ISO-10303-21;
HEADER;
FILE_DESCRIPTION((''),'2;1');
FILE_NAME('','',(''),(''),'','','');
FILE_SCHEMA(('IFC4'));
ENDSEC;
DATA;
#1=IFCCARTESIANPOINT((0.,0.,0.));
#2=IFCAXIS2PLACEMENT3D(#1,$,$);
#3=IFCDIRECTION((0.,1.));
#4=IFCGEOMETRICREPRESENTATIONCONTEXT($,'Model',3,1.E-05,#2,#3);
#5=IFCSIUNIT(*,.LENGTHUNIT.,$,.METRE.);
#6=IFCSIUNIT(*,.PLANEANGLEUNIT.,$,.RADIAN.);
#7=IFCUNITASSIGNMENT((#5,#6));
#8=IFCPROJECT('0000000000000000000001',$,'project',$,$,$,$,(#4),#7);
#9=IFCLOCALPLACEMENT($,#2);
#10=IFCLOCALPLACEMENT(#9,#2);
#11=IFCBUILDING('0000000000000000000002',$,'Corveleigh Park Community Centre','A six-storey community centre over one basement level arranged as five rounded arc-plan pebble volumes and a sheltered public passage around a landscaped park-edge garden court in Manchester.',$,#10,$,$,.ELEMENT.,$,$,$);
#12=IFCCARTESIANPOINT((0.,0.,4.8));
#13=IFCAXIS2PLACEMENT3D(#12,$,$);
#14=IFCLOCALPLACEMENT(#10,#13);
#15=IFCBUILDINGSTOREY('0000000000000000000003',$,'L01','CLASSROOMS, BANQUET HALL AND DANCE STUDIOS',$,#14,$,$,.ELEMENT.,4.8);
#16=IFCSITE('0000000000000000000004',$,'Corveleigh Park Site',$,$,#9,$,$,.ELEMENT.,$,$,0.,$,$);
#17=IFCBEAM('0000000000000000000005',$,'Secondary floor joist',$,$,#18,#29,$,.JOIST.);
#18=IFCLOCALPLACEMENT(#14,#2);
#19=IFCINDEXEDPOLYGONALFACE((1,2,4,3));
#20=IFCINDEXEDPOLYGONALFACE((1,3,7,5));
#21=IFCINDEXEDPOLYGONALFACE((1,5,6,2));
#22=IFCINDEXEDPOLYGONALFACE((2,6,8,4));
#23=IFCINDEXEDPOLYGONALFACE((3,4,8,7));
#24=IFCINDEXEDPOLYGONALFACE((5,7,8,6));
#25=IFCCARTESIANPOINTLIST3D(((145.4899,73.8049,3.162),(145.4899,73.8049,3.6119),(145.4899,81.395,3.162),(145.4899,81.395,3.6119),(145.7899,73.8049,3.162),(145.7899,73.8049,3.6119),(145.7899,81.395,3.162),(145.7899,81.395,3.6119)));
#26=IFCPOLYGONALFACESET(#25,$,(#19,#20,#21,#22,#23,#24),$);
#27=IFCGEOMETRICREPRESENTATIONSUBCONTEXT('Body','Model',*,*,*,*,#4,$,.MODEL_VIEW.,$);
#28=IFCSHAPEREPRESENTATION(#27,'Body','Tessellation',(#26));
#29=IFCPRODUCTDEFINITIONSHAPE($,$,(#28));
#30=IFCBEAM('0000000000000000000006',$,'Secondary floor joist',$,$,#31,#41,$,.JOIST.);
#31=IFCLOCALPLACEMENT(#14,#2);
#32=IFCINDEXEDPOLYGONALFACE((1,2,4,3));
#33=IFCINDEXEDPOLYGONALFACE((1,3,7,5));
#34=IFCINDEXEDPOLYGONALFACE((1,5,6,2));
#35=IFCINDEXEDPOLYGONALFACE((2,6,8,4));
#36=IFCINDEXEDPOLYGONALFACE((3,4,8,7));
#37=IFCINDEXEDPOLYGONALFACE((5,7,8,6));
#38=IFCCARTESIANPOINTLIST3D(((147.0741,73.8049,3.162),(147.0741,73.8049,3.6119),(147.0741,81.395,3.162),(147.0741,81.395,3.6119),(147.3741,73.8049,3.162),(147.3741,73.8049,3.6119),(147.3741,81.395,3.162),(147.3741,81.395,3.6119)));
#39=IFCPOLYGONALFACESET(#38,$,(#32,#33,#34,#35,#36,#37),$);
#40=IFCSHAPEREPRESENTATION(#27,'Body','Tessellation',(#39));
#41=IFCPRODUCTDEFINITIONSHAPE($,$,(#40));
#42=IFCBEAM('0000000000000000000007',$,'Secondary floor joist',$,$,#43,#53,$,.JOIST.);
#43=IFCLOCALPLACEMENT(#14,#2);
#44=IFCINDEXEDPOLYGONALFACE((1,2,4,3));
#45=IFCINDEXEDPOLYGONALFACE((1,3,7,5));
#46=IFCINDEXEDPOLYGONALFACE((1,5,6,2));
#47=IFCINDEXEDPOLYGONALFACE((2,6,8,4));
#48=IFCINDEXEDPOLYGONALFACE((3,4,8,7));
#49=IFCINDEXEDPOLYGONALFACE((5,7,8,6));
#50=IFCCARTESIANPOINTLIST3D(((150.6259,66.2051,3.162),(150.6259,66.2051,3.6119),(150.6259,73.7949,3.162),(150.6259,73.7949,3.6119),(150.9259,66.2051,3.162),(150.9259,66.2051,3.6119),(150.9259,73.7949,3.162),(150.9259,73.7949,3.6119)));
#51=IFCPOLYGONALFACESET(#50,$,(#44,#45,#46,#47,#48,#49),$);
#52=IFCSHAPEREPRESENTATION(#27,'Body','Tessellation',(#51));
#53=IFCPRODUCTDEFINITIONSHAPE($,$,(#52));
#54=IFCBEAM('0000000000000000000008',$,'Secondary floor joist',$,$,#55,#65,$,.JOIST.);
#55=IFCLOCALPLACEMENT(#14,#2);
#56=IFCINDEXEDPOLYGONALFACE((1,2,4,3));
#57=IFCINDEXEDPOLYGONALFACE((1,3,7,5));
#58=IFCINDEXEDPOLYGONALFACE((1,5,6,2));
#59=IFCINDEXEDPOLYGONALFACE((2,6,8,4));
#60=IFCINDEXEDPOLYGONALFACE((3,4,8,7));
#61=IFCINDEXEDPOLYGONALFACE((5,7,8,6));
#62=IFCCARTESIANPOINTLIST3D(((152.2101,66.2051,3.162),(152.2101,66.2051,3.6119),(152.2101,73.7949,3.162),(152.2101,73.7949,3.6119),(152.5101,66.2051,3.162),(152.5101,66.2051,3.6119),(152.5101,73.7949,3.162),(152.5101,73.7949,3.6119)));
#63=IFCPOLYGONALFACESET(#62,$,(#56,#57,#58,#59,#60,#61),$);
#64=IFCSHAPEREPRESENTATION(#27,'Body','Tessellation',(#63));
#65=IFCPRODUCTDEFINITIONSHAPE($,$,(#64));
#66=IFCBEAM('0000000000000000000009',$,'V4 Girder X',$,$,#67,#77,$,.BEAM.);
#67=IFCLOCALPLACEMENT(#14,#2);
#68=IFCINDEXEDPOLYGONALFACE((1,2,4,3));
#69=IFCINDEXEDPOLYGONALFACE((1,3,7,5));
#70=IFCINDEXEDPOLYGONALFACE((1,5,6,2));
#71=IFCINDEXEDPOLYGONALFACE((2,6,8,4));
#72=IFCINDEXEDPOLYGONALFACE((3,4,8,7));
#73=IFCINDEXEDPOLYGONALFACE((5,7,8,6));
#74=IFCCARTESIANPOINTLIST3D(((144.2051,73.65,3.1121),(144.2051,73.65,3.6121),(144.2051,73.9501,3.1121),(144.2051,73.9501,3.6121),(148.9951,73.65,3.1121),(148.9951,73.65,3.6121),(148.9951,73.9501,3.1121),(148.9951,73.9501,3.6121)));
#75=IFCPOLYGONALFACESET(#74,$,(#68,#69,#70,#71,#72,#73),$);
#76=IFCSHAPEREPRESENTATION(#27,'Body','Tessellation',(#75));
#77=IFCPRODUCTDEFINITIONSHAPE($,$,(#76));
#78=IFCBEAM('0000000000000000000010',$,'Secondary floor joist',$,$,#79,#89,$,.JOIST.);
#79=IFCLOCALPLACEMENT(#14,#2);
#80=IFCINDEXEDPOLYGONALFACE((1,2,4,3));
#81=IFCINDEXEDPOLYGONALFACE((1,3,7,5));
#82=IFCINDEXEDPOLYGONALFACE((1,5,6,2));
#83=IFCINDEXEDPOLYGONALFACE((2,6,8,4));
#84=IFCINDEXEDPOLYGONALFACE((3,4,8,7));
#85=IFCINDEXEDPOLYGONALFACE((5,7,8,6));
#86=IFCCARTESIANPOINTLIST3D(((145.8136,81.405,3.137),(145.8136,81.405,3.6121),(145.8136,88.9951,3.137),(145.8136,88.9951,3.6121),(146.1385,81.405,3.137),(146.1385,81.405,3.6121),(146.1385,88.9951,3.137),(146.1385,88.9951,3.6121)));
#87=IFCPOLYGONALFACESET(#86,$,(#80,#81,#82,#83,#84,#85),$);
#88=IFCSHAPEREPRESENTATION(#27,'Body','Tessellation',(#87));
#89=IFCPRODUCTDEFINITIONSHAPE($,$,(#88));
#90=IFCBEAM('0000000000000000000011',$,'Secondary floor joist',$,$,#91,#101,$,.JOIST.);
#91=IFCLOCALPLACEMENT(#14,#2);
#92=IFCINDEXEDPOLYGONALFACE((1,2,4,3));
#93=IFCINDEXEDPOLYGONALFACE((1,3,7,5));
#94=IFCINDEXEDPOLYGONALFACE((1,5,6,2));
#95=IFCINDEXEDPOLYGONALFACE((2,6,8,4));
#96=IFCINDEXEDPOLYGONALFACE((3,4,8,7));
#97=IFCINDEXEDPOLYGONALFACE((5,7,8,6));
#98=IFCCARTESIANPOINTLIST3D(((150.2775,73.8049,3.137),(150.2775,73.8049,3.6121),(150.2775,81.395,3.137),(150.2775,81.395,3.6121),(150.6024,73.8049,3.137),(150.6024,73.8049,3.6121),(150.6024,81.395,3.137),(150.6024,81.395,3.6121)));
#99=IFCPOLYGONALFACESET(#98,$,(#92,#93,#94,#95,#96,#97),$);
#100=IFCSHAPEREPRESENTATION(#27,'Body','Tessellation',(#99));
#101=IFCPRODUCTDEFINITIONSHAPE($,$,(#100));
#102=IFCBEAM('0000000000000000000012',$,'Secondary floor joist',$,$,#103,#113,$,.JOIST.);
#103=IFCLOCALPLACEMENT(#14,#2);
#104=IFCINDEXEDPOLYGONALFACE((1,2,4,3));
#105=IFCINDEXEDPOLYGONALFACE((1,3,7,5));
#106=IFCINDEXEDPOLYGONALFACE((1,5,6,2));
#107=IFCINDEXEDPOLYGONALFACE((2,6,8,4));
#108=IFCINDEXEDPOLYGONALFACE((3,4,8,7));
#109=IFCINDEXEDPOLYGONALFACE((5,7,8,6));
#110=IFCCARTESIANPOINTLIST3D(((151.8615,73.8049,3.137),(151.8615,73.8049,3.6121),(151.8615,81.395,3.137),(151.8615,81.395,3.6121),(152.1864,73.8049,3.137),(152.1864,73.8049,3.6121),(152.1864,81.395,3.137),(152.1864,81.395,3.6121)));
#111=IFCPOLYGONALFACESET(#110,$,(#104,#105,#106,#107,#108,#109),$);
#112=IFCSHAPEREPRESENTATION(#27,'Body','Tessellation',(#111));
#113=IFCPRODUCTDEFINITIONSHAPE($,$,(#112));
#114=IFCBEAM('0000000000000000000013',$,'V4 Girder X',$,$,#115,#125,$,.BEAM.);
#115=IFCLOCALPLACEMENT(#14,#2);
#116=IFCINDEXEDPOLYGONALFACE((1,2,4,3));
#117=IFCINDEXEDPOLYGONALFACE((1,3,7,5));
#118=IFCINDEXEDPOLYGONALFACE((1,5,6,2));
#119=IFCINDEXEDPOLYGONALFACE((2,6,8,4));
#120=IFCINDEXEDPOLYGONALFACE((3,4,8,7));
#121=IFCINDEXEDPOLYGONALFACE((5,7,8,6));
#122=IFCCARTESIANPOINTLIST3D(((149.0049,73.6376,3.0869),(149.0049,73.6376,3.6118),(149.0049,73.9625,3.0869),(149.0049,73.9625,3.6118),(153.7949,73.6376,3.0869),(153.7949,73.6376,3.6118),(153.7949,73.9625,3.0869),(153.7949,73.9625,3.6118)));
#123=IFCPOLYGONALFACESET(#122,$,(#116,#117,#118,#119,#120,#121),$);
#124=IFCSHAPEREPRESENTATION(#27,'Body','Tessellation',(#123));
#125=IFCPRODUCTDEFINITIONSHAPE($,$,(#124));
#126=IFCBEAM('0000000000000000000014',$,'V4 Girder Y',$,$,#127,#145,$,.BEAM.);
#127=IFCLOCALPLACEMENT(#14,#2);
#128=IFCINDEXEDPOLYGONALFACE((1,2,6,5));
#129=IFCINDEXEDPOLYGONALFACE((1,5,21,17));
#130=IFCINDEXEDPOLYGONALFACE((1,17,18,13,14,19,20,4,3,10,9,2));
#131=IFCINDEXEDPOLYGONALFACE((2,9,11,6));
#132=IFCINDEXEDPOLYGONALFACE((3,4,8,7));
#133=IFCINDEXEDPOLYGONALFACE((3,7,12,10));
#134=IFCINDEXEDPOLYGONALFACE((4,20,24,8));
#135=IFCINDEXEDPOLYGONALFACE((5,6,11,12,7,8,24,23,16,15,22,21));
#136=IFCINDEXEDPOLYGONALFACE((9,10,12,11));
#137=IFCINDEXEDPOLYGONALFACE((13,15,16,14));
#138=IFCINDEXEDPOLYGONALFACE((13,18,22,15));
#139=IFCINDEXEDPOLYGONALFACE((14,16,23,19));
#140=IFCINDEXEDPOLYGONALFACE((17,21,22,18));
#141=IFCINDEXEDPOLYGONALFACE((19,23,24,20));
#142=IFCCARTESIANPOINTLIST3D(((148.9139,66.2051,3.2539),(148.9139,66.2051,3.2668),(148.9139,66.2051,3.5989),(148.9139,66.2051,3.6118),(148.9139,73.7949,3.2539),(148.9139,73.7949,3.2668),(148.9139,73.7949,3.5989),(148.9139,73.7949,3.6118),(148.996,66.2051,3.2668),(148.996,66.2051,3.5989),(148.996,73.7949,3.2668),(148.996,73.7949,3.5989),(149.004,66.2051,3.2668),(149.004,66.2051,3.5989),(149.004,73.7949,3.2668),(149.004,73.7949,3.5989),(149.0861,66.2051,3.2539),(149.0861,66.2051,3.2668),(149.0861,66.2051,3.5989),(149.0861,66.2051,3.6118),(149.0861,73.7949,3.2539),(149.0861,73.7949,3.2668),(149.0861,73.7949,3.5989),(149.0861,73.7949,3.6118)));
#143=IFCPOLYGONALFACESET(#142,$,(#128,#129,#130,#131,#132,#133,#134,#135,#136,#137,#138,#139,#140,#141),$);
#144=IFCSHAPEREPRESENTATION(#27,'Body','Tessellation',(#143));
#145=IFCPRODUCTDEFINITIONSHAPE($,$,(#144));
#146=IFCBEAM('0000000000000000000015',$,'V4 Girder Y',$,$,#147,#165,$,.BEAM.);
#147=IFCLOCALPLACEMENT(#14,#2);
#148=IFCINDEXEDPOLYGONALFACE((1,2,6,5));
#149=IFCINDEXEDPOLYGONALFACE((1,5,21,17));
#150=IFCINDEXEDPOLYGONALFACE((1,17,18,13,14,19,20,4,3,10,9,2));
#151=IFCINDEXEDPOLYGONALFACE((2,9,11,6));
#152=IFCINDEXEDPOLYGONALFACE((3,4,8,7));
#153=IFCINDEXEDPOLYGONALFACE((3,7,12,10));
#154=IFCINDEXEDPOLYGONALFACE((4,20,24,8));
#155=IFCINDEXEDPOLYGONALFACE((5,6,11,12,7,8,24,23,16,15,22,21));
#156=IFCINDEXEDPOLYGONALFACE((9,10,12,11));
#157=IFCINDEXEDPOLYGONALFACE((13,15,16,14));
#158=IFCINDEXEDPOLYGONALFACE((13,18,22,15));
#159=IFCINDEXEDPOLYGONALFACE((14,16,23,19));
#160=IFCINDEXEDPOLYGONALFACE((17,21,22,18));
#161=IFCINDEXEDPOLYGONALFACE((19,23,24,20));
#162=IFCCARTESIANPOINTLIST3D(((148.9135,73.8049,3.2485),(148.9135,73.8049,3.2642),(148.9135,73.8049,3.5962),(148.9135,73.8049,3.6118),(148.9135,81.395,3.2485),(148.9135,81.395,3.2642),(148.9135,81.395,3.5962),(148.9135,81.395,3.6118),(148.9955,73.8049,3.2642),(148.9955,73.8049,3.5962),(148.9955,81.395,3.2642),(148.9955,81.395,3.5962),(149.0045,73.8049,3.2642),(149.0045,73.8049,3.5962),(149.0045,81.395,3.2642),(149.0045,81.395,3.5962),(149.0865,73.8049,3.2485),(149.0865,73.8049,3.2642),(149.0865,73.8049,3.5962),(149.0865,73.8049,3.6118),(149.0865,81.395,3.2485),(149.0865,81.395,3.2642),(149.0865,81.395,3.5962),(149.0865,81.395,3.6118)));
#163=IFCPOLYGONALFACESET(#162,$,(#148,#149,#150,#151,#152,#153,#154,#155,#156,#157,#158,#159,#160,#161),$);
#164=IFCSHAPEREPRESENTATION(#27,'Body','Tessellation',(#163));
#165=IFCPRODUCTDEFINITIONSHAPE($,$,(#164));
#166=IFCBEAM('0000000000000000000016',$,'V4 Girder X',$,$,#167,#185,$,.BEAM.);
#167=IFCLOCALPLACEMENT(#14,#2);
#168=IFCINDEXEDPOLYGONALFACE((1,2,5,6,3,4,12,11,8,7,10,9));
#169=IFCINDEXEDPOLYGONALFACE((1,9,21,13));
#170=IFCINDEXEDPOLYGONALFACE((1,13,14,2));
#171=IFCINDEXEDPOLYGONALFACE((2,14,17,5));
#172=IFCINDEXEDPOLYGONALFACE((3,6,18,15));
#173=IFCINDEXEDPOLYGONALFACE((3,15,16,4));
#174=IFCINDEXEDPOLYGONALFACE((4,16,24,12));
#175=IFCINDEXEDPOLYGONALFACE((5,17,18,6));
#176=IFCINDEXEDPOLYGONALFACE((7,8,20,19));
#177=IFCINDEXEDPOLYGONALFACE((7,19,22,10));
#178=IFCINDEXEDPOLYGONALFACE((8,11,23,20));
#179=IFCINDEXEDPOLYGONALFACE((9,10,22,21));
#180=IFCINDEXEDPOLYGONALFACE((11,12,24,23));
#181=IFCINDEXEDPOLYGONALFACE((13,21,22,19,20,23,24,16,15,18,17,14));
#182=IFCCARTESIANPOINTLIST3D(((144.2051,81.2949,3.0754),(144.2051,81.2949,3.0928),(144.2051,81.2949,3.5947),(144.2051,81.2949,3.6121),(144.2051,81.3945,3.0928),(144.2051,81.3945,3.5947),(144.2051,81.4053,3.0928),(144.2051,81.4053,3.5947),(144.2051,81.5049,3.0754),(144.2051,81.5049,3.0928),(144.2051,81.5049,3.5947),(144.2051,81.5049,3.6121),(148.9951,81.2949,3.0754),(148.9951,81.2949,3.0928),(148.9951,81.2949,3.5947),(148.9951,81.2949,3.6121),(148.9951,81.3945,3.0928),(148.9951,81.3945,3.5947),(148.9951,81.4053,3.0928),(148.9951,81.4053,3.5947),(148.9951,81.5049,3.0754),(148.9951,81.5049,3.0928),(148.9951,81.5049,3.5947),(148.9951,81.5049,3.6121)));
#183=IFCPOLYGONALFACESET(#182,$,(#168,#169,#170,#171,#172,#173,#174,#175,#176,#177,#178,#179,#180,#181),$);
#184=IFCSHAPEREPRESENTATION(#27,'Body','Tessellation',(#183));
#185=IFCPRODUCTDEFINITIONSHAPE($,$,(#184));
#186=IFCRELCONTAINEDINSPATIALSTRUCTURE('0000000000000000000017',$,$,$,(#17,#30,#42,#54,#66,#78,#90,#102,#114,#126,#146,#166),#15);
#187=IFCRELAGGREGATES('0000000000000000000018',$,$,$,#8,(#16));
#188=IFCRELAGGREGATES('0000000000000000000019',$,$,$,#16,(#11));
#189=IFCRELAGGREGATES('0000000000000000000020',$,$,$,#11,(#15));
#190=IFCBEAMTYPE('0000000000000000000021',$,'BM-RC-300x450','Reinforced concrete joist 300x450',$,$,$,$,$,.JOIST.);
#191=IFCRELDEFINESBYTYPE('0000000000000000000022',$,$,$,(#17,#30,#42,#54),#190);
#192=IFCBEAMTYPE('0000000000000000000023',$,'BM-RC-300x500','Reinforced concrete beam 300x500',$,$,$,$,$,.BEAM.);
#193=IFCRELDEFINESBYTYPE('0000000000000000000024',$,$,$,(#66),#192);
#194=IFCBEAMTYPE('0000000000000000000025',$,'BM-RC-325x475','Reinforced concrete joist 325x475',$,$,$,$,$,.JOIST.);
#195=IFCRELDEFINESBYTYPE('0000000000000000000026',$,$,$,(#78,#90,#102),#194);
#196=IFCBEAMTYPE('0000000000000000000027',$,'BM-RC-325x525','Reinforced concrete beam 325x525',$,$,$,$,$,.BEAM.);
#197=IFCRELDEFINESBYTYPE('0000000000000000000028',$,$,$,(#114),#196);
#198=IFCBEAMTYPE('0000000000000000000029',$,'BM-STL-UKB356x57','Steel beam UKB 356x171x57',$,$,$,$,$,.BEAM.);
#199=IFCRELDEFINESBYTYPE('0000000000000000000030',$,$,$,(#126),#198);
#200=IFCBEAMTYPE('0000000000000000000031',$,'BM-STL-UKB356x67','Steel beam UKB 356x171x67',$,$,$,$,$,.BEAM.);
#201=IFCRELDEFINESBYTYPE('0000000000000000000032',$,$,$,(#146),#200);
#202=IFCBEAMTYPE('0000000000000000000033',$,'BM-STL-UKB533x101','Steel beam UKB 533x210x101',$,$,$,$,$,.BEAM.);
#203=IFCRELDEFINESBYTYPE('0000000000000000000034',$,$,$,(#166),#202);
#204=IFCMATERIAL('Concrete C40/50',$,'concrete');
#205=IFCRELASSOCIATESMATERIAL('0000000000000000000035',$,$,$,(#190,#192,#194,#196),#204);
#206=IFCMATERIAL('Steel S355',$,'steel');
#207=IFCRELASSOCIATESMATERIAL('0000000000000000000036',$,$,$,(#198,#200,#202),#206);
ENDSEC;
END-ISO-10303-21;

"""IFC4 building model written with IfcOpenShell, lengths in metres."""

from ifc_helpers import new_model, si_unit, direction, frame, origin, origin_2d, place, context, subcontext, project, spatial, rectangle, i_section, extrude, material, material_profile, profile_set, type_object, element, save


model = new_model("IFC4")

# Units and contexts
model_context = context("Model", 3, precision=1e-05, world=origin(), true_north=direction((0.0, 1.0)))
body_context = subcontext(model_context, "Body", "Model", "MODEL_VIEW")
ifc_project = project(units=[si_unit("LENGTHUNIT", "METRE"), si_unit("PLANEANGLEUNIT", "RADIAN")], contexts=[model_context])

# Site, building, storey
site_placement = place(None, origin())
site = spatial("IfcSite", under=ifc_project, at=site_placement, Name="Corveleigh Park Site", CompositionType="ELEMENT", RefElevation=0.0)
building_placement = place(site_placement, origin())
building = spatial("IfcBuilding", under=site, at=building_placement, Name="Corveleigh Park Community Centre", Description="A six-storey community centre over one basement level arranged as five rounded arc-plan pebble volumes and a sheltered public passage around a landscaped park-edge garden court in Manchester.", CompositionType="ELEMENT")
storey_placement = place(building_placement, frame((0.0, 0.0, 4.8)))
storey = spatial("IfcBuildingStorey", under=building, at=storey_placement, Name="L01", Description="CLASSROOMS, BANQUET HALL AND DANCE STUDIOS", CompositionType="ELEMENT", Elevation=4.8)

# Shared definitions
ifc_material_1 = material(Name="Concrete C40/50", Category="concrete")
ifc_material_2 = material(Name="Steel S355", Category="steel")

# Beams
ifc_material_profile_1 = material_profile(ifc_material_1, rectangle(XDim=0.3, YDim=0.45, at=origin_2d()), Name="RC-300x450", Category="concrete")
ifc_profile_set_1 = profile_set([ifc_material_profile_1], Name="Concrete C40/50")
beam_type_1 = type_object("IfcBeamType", Name="BM-RC-300x450", Description="Reinforced concrete joist 300x450", PredefinedType="JOIST", material=ifc_profile_set_1)
for number, where, z_axis, x_axis, name in (
    (1, (145.6399, 73.8049, 3.387), (0.0, 1.0, 0.0), (-1.0, 0.0, 0.0), "Secondary floor joist"),
    (2, (147.2241, 73.8049, 3.387), (0.0, 1.0, 0.0), (-1.0, 0.0, 0.0), "Secondary floor joist"),
):
    element("IfcBeam", number, at=place(storey_placement, frame(where, z_axis=z_axis, x_axis=x_axis)), inside=storey, type_object=beam_type_1, Name=name, PredefinedType="JOIST", context=body_context, shape_type="SweptSolid", body=[
        extrude(rectangle(XDim=0.3, YDim=0.45, at=origin_2d()), origin(), (0.0, 0.0, 1.0), 7.5901),
    ])
for number, where, z_axis, x_axis, name in (
    (3, (150.7759, 66.2051, 3.387), (0.0, 1.0, 0.0), (-1.0, 0.0, 0.0), "Secondary floor joist"),
    (4, (152.3601, 66.2051, 3.387), (0.0, 1.0, 0.0), (-1.0, 0.0, 0.0), "Secondary floor joist"),
):
    element("IfcBeam", number, at=place(storey_placement, frame(where, z_axis=z_axis, x_axis=x_axis)), inside=storey, type_object=beam_type_1, Name=name, PredefinedType="JOIST", context=body_context, shape_type="SweptSolid", body=[
        extrude(rectangle(XDim=0.3, YDim=0.45, at=origin_2d()), origin(), (0.0, 0.0, 1.0), 7.5898),
    ])
ifc_material_profile_2 = material_profile(ifc_material_1, rectangle(XDim=0.3, YDim=0.5, at=origin_2d()), Name="RC-300x500", Category="concrete")
ifc_profile_set_2 = profile_set([ifc_material_profile_2], Name="Concrete C40/50")
beam_type_2 = type_object("IfcBeamType", Name="BM-RC-300x500", Description="Reinforced concrete beam 300x500", PredefinedType="BEAM", material=ifc_profile_set_2)
beam_1_placement = place(storey_placement, frame((144.2051, 73.8, 3.3621), z_axis=(1.0, 0.0, 0.0), x_axis=(0.0, 1.0, 0.0)))
element("IfcBeam", 5, at=beam_1_placement, inside=storey, type_object=beam_type_2, Name="V4 Girder X", PredefinedType="BEAM", context=body_context, shape_type="SweptSolid", body=[
    extrude(rectangle(XDim=0.3, YDim=0.5, at=origin_2d()), origin(), (0.0, 0.0, 1.0), 4.79),
])
ifc_material_profile_3 = material_profile(ifc_material_1, rectangle(XDim=0.325, YDim=0.4751, at=origin_2d()), Name="RC-325x475", Category="concrete")
ifc_profile_set_3 = profile_set([ifc_material_profile_3], Name="Concrete C40/50")
beam_type_3 = type_object("IfcBeamType", Name="BM-RC-325x475", Description="Reinforced concrete joist 325x475", PredefinedType="JOIST", material=ifc_profile_set_3)
for number, where, z_axis, x_axis, name in (
    (6, (145.9761, 81.405, 3.3745), (0.0, 1.0, 0.0), (-1.0, 0.0, 0.0), "Secondary floor joist"),
    (7, (150.4399, 73.8049, 3.3745), (0.0, 1.0, 0.0), (-1.0, 0.0, 0.0), "Secondary floor joist"),
    (8, (152.0239, 73.8049, 3.3745), (0.0, 1.0, 0.0), (-1.0, 0.0, 0.0), "Secondary floor joist"),
):
    element("IfcBeam", number, at=place(storey_placement, frame(where, z_axis=z_axis, x_axis=x_axis)), inside=storey, type_object=beam_type_3, Name=name, PredefinedType="JOIST", context=body_context, shape_type="SweptSolid", body=[
        extrude(rectangle(XDim=0.325, YDim=0.4751, at=origin_2d()), origin(), (0.0, 0.0, 1.0), 7.5901),
    ])
ifc_material_profile_4 = material_profile(ifc_material_1, rectangle(XDim=0.325, YDim=0.5249, at=origin_2d()), Name="RC-325x525", Category="concrete")
ifc_profile_set_4 = profile_set([ifc_material_profile_4], Name="Concrete C40/50")
beam_type_4 = type_object("IfcBeamType", Name="BM-RC-325x525", Description="Reinforced concrete beam 325x525", PredefinedType="BEAM", material=ifc_profile_set_4)
beam_2_placement = place(storey_placement, frame((149.0049, 73.8, 3.3494), z_axis=(1.0, 0.0, 0.0), x_axis=(0.0, 1.0, 0.0)))
element("IfcBeam", 9, at=beam_2_placement, inside=storey, type_object=beam_type_4, Name="V4 Girder X", PredefinedType="BEAM", context=body_context, shape_type="SweptSolid", body=[
    extrude(rectangle(XDim=0.325, YDim=0.5249, at=origin_2d()), origin(), (0.0, 0.0, 1.0), 4.79),
])
ifc_material_profile_5 = material_profile(ifc_material_2, i_section(OverallWidth=0.1721, OverallDepth=0.3579, WebThickness=0.0081, FlangeThickness=0.0129, at=origin_2d()), Name="UKB 356x171x57", Category="steel")
ifc_profile_set_5 = profile_set([ifc_material_profile_5], Name="Steel S355")
beam_type_5 = type_object("IfcBeamType", Name="BM-STL-UKB356x57", Description="Steel beam UKB 356x171x57", PredefinedType="BEAM", material=ifc_profile_set_5)
beam_3_placement = place(storey_placement, frame((149.0, 66.2051, 3.4329), z_axis=(0.0, 1.0, 0.0), x_axis=(-1.0, 0.0, 0.0)))
element("IfcBeam", 10, at=beam_3_placement, inside=storey, type_object=beam_type_5, Name="V4 Girder Y", PredefinedType="BEAM", context=body_context, shape_type="SweptSolid", body=[
    extrude(i_section(OverallWidth=0.1721, OverallDepth=0.3579, WebThickness=0.0081, FlangeThickness=0.0129, at=origin_2d()), origin(), (0.0, 0.0, 1.0), 7.5898),
])
ifc_material_profile_6 = material_profile(ifc_material_2, i_section(OverallWidth=0.1731, OverallDepth=0.3633, WebThickness=0.009, FlangeThickness=0.0156, at=origin_2d()), Name="UKB 356x171x67", Category="steel")
ifc_profile_set_6 = profile_set([ifc_material_profile_6], Name="Steel S355")
beam_type_6 = type_object("IfcBeamType", Name="BM-STL-UKB356x67", Description="Steel beam UKB 356x171x67", PredefinedType="BEAM", material=ifc_profile_set_6)
beam_4_placement = place(storey_placement, frame((149.0, 73.8049, 3.4302), z_axis=(0.0, 1.0, 0.0), x_axis=(-1.0, 0.0, 0.0)))
element("IfcBeam", 11, at=beam_4_placement, inside=storey, type_object=beam_type_6, Name="V4 Girder Y", PredefinedType="BEAM", context=body_context, shape_type="SweptSolid", body=[
    extrude(i_section(OverallWidth=0.1731, OverallDepth=0.3633, WebThickness=0.009, FlangeThickness=0.0156, at=origin_2d()), origin(), (0.0, 0.0, 1.0), 7.5901),
])
ifc_material_profile_7 = material_profile(ifc_material_2, i_section(OverallWidth=0.21, OverallDepth=0.5366, WebThickness=0.0107, FlangeThickness=0.0173, at=origin_2d()), Name="UKB 533x210x101", Category="steel")
ifc_profile_set_7 = profile_set([ifc_material_profile_7], Name="Steel S355")
beam_type_7 = type_object("IfcBeamType", Name="BM-STL-UKB533x101", Description="Steel beam UKB 533x210x101", PredefinedType="BEAM", material=ifc_profile_set_7)
beam_5_placement = place(storey_placement, frame((144.2051, 81.3999, 3.3438), z_axis=(1.0, 0.0, 0.0), x_axis=(0.0, 1.0, 0.0)))
element("IfcBeam", 12, at=beam_5_placement, inside=storey, type_object=beam_type_7, Name="V4 Girder X", PredefinedType="BEAM", context=body_context, shape_type="SweptSolid", body=[
    extrude(i_section(OverallWidth=0.21, OverallDepth=0.5366, WebThickness=0.0107, FlangeThickness=0.0173, at=origin_2d()), origin(), (0.0, 0.0, 1.0), 4.79),
])

save(model, "model.ifc")
